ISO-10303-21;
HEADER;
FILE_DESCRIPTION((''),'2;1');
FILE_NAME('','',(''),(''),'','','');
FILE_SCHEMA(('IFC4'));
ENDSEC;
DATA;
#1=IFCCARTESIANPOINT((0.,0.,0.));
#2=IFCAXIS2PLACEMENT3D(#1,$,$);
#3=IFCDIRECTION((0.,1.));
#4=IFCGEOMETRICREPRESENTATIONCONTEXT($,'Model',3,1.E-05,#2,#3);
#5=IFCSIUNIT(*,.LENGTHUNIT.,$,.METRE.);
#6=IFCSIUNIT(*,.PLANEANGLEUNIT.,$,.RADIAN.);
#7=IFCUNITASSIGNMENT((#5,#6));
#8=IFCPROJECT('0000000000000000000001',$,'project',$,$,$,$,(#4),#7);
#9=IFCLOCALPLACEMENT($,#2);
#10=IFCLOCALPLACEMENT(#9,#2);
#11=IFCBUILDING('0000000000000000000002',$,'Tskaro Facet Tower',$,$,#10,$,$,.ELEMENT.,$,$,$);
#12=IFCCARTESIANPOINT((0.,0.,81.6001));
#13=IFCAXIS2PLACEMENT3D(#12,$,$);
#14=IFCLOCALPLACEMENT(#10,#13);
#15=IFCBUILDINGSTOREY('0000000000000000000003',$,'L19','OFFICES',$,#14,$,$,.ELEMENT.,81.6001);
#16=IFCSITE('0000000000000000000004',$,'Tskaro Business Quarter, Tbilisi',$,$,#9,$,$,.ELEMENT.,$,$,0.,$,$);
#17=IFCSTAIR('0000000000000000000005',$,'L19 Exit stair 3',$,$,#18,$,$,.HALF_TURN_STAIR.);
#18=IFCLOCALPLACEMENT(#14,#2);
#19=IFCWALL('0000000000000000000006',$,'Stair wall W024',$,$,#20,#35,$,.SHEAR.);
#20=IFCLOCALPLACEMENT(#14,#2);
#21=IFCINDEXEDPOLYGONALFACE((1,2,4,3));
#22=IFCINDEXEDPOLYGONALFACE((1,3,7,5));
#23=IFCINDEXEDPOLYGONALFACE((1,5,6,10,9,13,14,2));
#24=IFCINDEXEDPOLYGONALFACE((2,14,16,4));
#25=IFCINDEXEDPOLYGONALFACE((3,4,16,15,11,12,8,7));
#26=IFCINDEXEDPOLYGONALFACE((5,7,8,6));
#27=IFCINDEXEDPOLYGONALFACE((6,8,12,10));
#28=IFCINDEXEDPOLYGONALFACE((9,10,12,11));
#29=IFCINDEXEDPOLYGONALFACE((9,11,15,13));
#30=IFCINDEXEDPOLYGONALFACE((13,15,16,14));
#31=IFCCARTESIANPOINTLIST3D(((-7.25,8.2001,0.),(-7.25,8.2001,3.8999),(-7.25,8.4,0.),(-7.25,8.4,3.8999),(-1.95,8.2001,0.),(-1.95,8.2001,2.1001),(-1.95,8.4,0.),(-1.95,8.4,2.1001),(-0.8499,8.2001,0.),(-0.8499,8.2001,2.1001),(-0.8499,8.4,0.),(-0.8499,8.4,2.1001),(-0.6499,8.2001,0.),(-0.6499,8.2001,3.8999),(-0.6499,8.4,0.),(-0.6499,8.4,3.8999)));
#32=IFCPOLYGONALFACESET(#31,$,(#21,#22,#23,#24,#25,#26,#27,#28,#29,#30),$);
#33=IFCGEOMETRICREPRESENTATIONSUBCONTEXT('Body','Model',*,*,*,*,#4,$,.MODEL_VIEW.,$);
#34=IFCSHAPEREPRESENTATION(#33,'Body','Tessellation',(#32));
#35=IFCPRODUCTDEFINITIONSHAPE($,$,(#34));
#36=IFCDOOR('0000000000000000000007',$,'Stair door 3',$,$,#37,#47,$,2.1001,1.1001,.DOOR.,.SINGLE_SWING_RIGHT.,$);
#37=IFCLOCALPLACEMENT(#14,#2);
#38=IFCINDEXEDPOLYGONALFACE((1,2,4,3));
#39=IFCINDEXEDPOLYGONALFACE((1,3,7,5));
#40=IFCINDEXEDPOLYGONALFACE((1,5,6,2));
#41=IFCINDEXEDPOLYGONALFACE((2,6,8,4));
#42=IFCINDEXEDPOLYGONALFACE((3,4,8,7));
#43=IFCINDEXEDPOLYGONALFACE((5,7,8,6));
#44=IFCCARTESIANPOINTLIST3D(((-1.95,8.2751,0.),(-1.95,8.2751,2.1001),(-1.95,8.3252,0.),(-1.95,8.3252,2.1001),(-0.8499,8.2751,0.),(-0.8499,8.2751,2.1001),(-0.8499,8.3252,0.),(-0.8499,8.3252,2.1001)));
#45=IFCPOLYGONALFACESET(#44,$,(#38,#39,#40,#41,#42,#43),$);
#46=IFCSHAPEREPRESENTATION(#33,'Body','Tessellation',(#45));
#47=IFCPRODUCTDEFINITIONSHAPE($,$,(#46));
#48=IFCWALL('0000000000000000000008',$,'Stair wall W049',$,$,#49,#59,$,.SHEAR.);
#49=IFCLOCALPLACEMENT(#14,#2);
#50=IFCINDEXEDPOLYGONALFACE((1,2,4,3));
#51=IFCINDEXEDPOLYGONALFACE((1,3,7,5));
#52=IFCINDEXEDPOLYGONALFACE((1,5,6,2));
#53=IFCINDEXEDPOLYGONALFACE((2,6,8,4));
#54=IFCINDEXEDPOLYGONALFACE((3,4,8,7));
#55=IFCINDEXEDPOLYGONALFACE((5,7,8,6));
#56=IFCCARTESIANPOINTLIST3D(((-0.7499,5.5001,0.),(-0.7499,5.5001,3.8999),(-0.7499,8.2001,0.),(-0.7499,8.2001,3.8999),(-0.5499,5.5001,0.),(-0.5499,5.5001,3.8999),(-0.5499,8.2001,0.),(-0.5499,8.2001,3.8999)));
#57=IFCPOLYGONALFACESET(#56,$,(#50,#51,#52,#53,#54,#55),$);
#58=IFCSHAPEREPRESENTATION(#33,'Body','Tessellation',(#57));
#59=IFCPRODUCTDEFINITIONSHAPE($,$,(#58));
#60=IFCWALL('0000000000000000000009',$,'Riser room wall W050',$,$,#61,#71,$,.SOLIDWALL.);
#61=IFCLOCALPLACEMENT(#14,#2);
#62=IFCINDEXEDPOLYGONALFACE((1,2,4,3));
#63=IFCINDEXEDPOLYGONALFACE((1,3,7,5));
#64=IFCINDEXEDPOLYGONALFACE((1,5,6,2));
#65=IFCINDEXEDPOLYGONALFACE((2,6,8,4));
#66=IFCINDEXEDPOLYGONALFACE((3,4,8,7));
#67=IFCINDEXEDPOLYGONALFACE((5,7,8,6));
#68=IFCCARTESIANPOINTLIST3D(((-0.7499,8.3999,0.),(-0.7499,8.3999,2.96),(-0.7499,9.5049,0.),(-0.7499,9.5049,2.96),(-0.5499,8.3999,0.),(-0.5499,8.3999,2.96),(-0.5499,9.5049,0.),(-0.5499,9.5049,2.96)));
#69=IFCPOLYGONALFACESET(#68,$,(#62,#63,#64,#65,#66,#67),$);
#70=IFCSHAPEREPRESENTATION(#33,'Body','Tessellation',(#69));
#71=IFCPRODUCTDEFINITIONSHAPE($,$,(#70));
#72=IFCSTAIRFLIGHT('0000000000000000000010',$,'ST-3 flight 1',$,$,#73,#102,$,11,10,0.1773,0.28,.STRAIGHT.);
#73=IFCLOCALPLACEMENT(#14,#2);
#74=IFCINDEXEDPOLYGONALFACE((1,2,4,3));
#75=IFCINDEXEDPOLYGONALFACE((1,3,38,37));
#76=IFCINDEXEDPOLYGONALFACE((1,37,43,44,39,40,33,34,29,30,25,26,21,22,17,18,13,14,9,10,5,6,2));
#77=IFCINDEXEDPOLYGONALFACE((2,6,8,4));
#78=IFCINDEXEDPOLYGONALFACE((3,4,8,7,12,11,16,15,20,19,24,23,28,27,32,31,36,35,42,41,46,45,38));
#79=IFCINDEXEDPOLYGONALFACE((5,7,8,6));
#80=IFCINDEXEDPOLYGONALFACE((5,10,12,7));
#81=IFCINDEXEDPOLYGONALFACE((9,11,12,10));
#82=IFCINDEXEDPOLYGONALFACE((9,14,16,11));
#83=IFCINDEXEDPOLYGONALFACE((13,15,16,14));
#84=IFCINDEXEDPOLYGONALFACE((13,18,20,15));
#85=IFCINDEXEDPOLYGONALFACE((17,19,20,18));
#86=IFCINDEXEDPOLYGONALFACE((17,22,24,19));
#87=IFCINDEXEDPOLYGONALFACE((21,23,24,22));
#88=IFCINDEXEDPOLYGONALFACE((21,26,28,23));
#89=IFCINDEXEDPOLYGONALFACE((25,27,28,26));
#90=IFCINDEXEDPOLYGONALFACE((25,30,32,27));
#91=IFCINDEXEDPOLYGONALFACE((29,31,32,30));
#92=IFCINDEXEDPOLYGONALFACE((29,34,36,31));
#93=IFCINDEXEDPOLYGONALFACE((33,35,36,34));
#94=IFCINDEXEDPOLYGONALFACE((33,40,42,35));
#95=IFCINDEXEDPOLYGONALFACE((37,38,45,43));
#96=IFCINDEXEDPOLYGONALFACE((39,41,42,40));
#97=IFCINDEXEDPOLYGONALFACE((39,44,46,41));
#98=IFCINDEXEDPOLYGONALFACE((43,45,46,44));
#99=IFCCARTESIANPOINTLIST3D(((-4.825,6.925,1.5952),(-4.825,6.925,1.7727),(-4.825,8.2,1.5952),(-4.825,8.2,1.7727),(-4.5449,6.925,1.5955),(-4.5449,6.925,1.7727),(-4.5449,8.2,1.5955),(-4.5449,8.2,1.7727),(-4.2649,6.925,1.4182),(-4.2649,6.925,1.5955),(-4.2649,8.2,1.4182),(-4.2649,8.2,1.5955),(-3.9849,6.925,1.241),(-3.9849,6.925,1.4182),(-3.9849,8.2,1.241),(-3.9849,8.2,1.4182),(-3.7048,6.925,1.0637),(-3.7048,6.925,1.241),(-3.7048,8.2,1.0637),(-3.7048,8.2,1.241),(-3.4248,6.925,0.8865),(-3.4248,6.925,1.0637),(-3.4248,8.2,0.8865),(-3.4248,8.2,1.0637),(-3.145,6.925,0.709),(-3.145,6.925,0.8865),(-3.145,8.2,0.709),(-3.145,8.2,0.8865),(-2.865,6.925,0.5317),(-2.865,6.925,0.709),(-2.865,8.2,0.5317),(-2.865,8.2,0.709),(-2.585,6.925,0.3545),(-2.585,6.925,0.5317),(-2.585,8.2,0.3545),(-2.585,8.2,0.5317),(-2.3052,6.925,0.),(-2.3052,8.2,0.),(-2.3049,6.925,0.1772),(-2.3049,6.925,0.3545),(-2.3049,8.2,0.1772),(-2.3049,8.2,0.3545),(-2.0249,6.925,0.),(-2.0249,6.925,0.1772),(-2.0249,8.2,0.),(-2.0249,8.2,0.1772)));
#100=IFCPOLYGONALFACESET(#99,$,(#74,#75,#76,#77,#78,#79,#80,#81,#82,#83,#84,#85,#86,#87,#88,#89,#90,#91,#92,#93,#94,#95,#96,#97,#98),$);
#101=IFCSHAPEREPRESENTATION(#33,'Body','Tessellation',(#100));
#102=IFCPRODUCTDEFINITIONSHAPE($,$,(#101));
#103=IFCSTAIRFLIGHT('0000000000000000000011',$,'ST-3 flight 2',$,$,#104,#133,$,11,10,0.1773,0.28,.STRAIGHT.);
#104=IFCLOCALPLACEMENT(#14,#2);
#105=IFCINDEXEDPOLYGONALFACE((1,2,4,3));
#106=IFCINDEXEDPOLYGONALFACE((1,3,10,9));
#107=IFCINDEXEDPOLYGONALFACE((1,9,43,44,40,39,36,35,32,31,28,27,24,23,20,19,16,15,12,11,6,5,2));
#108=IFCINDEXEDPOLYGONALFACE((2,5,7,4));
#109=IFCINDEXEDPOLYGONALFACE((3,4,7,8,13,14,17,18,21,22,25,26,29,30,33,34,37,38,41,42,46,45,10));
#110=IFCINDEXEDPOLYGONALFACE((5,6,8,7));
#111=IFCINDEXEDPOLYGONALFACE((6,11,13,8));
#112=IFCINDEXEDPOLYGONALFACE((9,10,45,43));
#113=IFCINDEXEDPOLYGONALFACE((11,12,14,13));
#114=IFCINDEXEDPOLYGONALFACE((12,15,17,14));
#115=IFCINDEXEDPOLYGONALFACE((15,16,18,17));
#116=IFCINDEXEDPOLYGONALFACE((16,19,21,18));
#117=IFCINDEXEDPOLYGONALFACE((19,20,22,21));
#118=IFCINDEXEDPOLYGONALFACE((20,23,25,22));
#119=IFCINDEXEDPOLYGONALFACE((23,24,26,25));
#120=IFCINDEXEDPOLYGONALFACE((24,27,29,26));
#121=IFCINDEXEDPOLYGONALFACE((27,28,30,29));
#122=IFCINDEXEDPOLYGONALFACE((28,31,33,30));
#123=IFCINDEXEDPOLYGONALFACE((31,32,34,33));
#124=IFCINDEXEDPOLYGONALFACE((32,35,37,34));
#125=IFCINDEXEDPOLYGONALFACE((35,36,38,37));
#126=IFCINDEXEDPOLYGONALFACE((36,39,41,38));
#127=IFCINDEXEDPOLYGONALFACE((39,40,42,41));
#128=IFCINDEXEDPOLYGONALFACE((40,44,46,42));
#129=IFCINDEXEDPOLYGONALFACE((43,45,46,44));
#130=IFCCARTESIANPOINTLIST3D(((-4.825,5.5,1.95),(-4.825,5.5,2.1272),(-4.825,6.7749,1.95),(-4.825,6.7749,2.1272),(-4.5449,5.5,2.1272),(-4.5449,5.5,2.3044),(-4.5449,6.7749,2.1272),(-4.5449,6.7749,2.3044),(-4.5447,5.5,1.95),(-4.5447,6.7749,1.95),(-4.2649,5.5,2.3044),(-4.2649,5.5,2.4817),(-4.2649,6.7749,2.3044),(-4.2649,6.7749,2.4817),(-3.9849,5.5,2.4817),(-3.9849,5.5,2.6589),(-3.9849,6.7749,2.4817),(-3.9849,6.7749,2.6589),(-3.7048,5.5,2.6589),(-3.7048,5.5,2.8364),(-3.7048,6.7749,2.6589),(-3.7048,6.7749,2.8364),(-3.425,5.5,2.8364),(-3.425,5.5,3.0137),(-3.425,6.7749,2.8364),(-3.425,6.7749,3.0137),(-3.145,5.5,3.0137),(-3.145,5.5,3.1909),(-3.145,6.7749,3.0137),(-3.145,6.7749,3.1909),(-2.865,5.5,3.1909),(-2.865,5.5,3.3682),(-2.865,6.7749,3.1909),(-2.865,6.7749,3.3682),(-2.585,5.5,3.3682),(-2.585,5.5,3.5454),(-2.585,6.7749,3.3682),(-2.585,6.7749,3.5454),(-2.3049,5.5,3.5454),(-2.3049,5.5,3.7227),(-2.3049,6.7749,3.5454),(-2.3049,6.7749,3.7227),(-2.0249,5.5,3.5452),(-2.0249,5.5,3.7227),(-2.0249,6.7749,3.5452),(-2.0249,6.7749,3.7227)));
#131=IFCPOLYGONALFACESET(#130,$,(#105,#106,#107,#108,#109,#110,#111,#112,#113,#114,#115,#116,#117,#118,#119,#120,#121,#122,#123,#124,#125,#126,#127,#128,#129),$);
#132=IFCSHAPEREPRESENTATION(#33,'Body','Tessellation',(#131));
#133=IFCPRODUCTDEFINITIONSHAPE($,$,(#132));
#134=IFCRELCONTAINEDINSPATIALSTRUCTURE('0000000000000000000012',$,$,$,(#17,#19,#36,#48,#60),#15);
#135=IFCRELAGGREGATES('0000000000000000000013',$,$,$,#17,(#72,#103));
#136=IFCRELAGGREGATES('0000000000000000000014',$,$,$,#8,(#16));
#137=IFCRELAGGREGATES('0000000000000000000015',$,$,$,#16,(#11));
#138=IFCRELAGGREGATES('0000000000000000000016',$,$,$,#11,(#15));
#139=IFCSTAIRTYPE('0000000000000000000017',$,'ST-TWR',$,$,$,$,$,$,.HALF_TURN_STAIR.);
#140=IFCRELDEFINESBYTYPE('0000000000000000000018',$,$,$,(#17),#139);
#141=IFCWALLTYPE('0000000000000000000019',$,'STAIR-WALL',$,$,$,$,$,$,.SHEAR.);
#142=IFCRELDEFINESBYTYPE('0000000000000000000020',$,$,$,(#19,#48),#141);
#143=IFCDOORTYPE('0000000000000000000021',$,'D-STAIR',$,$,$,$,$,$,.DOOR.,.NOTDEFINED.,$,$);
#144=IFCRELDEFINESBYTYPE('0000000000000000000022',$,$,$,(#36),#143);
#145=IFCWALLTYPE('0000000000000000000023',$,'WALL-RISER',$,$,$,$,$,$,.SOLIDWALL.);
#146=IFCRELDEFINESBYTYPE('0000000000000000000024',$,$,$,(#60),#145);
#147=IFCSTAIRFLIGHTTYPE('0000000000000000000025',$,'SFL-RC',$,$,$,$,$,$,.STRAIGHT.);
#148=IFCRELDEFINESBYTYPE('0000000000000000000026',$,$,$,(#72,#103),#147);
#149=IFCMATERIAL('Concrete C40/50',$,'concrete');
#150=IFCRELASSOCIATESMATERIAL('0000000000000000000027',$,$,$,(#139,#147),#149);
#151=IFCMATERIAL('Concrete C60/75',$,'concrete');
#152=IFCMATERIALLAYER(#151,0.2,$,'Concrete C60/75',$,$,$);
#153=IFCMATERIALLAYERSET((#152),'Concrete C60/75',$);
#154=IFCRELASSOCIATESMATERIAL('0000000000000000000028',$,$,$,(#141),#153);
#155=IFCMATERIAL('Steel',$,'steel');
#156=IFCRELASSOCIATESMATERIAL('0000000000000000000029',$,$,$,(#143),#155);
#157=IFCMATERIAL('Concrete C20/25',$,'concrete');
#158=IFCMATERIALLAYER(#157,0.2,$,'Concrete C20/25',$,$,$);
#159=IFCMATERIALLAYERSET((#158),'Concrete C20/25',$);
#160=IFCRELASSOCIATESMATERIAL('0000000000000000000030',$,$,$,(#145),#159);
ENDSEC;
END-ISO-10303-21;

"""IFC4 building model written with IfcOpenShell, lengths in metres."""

from ifc_helpers import new_model, si_unit, direction, frame, frame_2d, origin, place, context, subcontext, project, spatial, polyline, rectangle, outline, extrude, material, layer, layer_set, type_object, element, fill, aggregate, save


model = new_model("IFC4")

# Units and contexts
model_context = context("Model", 3, precision=1e-05, world=origin(), true_north=direction((0.0, 1.0)))
body_context = subcontext(model_context, "Body", "Model", "MODEL_VIEW")
ifc_project = project(units=[si_unit("LENGTHUNIT", "METRE"), si_unit("PLANEANGLEUNIT", "RADIAN")], contexts=[model_context])

# Site, building, storey
site_placement = place(None, origin())
site = spatial("IfcSite", under=ifc_project, at=site_placement, Name="Tskaro Business Quarter, Tbilisi", CompositionType="ELEMENT", RefElevation=0.0)
building_placement = place(site_placement, origin())
building = spatial("IfcBuilding", under=site, at=building_placement, Name="Tskaro Facet Tower", CompositionType="ELEMENT")
storey_placement = place(building_placement, frame((0.0, 0.0, 81.6001)))
storey = spatial("IfcBuildingStorey", under=building, at=storey_placement, Name="L19", Description="OFFICES", CompositionType="ELEMENT", Elevation=81.6001)

# Stair
ifc_material_1 = material(Name="Concrete C40/50", Category="concrete")
stair_type = type_object("IfcStairType", Name="ST-TWR", PredefinedType="HALF_TURN_STAIR", material=ifc_material_1)
stair_1_placement = place(storey_placement, origin())
stair_1 = element("IfcStair", 1, at=stair_1_placement, inside=storey, type_object=stair_type, Name="L19 Exit stair 3", PredefinedType="HALF_TURN_STAIR")

# Shared definitions
ifc_material_2 = material(Name="Concrete C60/75", Category="concrete")

# Shared definitions
ifc_material_3 = material(Name="Concrete C20/25", Category="concrete")

# Shared definitions
ifc_material_4 = material(Name="Steel", Category="steel")

# Wall, opening, door
ifc_layer_1 = layer(ifc_material_2, 0.2, Name="Concrete C60/75")
ifc_layer_set_1 = layer_set([ifc_layer_1], Name="Concrete C60/75")
wall_type_1 = type_object("IfcWallType", Name="STAIR-WALL", PredefinedType="SHEAR", material=ifc_layer_set_1)
wall_1_placement = place(storey_placement, frame((-0.6499, 8.3, 0.0), z_axis=(0.0, 0.0, 1.0), x_axis=(-1.0, 0.0, 0.0)))
wall_1 = element("IfcWall", 2, at=wall_1_placement, inside=storey, type_object=wall_type_1, Name="Stair wall W024", PredefinedType="SHEAR", context=body_context, shape_type="SweptSolid", body=[
    extrude(rectangle(XDim=6.6001, YDim=0.2, at=frame_2d((3.3, 0.0))), origin(), (0.0, 0.0, 1.0), 3.8999),
])
opening_1_placement = place(wall_1_placement, frame((0.2, 0.0, 0.0)))
opening_1 = element("IfcOpeningElement", 3, at=opening_1_placement, cuts=wall_1, PredefinedType="OPENING", context=body_context, shape_type="SweptSolid", body=[
    extrude(rectangle(XDim=1.1001, YDim=2.1001, at=frame_2d((0.55, 1.05))), frame((0.0, 0.1099, 0.0), z_axis=(0.0, -1.0, 0.0), x_axis=(1.0, 0.0, 0.0)), (0.0, 0.0, 1.0), 0.22),
])
door_type_1 = type_object("IfcDoorType", Name="D-STAIR", OperationType="NOTDEFINED", PredefinedType="DOOR", material=ifc_material_4)
door_1_placement = place(opening_1_placement, origin())
door_1 = element("IfcDoor", 4, at=door_1_placement, inside=storey, type_object=door_type_1, Name="Stair door 3", OperationType="SINGLE_SWING_RIGHT", OverallHeight=2.1001, OverallWidth=1.1001, PredefinedType="DOOR", context=body_context, shape_type="SweptSolid", body=[
    extrude(rectangle(XDim=1.1001, YDim=2.1001, at=frame_2d((0.55, 1.05))), frame((0.0, 0.0249, 0.0), z_axis=(0.0, -1.0, 0.0), x_axis=(1.0, 0.0, 0.0)), (0.0, 0.0, 1.0), 0.05),
])
fill(opening_1, door_1)

# Walls
wall_2_placement = place(storey_placement, frame((-0.6499, 5.5, 0.0), z_axis=(0.0, 0.0, 1.0), x_axis=(0.0, 1.0, 0.0)))
element("IfcWall", 5, at=wall_2_placement, inside=storey, type_object=wall_type_1, Name="Stair wall W049", PredefinedType="SHEAR", context=body_context, shape_type="SweptSolid", body=[
    extrude(rectangle(XDim=2.7, YDim=0.2, at=frame_2d((1.3501, 0.0))), origin(), (0.0, 0.0, 1.0), 3.8999),
])
ifc_layer_2 = layer(ifc_material_3, 0.2, Name="Concrete C20/25")
ifc_layer_set_2 = layer_set([ifc_layer_2], Name="Concrete C20/25")
wall_type_2 = type_object("IfcWallType", Name="WALL-RISER", PredefinedType="SOLIDWALL", material=ifc_layer_set_2)
wall_3_placement = place(storey_placement, frame((-0.6499, 8.3999, 0.0), z_axis=(0.0, 0.0, 1.0), x_axis=(0.0, 1.0, 0.0)))
element("IfcWall", 6, at=wall_3_placement, inside=storey, type_object=wall_type_2, Name="Riser room wall W050", PredefinedType="SOLIDWALL", context=body_context, shape_type="SweptSolid", body=[
    extrude(rectangle(XDim=1.105, YDim=0.2, at=frame_2d((0.5525, 0.0))), origin(), (0.0, 0.0, 1.0), 2.96),
])

# Stair flights
stair_flight_type = type_object("IfcStairFlightType", Name="SFL-RC", PredefinedType="STRAIGHT", material=ifc_material_1)
stair_flight_1_placement = place(storey_placement, frame((-2.0249, 7.5625, 0.0), z_axis=(0.0, 0.0, 1.0), x_axis=(-1.0, 0.0, 0.0)))
stair_flight_1 = element("IfcStairFlight", 7, at=stair_flight_1_placement, type_object=stair_flight_type, Name="ST-3 flight 1", NumberOfRisers=11, NumberOfTreads=10, PredefinedType="STRAIGHT", RiserHeight=0.1773, TreadLength=0.28, context=body_context, shape_type="SweptSolid", body=[
    extrude(outline(polyline([(0.0, 0.0), (0.0, 0.1772), (0.28, 0.1772), (0.28, 0.3545), (0.5601, 0.3545), (0.5601, 0.5317), (0.8401, 0.5317), (0.8401, 0.709), (1.1201, 0.709), (1.1201, 0.8865), (1.3999, 0.8865), (1.3999, 1.0637), (1.6799, 1.0637), (1.6799, 1.241), (1.96, 1.241), (1.96, 1.4182), (2.24, 1.4182), (2.24, 1.5955), (2.52, 1.5955), (2.52, 1.7727), (2.8, 1.7727), (2.8, 1.95), (2.8, 1.5952), (0.2803, 0.0), (0.0, 0.0)])), frame((0.0, 0.6375, 0.0), z_axis=(0.0, -1.0, 0.0), x_axis=(1.0, 0.0, 0.0)), (0.0, 0.0, 1.0), 1.2749),
])
stair_flight_2_placement = place(storey_placement, frame((-4.825, 6.1375, 1.95), z_axis=(0.0, 0.0, 1.0), x_axis=(1.0, 0.0, 0.0)))
stair_flight_2 = element("IfcStairFlight", 8, at=stair_flight_2_placement, type_object=stair_flight_type, Name="ST-3 flight 2", NumberOfRisers=11, NumberOfTreads=10, PredefinedType="STRAIGHT", RiserHeight=0.1773, TreadLength=0.28, context=body_context, shape_type="SweptSolid", body=[
    extrude(outline(polyline([(0.0, 0.0), (0.0, 0.1772), (0.28, 0.1772), (0.28, 0.3545), (0.5601, 0.3545), (0.5601, 0.5317), (0.8401, 0.5317), (0.8401, 0.709), (1.1201, 0.709), (1.1201, 0.8865), (1.3999, 0.8865), (1.3999, 1.0637), (1.6799, 1.0637), (1.6799, 1.241), (1.96, 1.241), (1.96, 1.4182), (2.24, 1.4182), (2.24, 1.5955), (2.52, 1.5955), (2.52, 1.7727), (2.8, 1.7727), (2.8, 1.95), (2.8, 1.5952), (0.2803, 0.0), (0.0, 0.0)])), frame((0.0, 0.6375, 0.0), z_axis=(0.0, -1.0, 0.0), x_axis=(1.0, 0.0, 0.0)), (0.0, 0.0, 1.0), 1.2749),
])
aggregate(stair_1, [stair_flight_1, stair_flight_2])

save(model, "model.ifc")
